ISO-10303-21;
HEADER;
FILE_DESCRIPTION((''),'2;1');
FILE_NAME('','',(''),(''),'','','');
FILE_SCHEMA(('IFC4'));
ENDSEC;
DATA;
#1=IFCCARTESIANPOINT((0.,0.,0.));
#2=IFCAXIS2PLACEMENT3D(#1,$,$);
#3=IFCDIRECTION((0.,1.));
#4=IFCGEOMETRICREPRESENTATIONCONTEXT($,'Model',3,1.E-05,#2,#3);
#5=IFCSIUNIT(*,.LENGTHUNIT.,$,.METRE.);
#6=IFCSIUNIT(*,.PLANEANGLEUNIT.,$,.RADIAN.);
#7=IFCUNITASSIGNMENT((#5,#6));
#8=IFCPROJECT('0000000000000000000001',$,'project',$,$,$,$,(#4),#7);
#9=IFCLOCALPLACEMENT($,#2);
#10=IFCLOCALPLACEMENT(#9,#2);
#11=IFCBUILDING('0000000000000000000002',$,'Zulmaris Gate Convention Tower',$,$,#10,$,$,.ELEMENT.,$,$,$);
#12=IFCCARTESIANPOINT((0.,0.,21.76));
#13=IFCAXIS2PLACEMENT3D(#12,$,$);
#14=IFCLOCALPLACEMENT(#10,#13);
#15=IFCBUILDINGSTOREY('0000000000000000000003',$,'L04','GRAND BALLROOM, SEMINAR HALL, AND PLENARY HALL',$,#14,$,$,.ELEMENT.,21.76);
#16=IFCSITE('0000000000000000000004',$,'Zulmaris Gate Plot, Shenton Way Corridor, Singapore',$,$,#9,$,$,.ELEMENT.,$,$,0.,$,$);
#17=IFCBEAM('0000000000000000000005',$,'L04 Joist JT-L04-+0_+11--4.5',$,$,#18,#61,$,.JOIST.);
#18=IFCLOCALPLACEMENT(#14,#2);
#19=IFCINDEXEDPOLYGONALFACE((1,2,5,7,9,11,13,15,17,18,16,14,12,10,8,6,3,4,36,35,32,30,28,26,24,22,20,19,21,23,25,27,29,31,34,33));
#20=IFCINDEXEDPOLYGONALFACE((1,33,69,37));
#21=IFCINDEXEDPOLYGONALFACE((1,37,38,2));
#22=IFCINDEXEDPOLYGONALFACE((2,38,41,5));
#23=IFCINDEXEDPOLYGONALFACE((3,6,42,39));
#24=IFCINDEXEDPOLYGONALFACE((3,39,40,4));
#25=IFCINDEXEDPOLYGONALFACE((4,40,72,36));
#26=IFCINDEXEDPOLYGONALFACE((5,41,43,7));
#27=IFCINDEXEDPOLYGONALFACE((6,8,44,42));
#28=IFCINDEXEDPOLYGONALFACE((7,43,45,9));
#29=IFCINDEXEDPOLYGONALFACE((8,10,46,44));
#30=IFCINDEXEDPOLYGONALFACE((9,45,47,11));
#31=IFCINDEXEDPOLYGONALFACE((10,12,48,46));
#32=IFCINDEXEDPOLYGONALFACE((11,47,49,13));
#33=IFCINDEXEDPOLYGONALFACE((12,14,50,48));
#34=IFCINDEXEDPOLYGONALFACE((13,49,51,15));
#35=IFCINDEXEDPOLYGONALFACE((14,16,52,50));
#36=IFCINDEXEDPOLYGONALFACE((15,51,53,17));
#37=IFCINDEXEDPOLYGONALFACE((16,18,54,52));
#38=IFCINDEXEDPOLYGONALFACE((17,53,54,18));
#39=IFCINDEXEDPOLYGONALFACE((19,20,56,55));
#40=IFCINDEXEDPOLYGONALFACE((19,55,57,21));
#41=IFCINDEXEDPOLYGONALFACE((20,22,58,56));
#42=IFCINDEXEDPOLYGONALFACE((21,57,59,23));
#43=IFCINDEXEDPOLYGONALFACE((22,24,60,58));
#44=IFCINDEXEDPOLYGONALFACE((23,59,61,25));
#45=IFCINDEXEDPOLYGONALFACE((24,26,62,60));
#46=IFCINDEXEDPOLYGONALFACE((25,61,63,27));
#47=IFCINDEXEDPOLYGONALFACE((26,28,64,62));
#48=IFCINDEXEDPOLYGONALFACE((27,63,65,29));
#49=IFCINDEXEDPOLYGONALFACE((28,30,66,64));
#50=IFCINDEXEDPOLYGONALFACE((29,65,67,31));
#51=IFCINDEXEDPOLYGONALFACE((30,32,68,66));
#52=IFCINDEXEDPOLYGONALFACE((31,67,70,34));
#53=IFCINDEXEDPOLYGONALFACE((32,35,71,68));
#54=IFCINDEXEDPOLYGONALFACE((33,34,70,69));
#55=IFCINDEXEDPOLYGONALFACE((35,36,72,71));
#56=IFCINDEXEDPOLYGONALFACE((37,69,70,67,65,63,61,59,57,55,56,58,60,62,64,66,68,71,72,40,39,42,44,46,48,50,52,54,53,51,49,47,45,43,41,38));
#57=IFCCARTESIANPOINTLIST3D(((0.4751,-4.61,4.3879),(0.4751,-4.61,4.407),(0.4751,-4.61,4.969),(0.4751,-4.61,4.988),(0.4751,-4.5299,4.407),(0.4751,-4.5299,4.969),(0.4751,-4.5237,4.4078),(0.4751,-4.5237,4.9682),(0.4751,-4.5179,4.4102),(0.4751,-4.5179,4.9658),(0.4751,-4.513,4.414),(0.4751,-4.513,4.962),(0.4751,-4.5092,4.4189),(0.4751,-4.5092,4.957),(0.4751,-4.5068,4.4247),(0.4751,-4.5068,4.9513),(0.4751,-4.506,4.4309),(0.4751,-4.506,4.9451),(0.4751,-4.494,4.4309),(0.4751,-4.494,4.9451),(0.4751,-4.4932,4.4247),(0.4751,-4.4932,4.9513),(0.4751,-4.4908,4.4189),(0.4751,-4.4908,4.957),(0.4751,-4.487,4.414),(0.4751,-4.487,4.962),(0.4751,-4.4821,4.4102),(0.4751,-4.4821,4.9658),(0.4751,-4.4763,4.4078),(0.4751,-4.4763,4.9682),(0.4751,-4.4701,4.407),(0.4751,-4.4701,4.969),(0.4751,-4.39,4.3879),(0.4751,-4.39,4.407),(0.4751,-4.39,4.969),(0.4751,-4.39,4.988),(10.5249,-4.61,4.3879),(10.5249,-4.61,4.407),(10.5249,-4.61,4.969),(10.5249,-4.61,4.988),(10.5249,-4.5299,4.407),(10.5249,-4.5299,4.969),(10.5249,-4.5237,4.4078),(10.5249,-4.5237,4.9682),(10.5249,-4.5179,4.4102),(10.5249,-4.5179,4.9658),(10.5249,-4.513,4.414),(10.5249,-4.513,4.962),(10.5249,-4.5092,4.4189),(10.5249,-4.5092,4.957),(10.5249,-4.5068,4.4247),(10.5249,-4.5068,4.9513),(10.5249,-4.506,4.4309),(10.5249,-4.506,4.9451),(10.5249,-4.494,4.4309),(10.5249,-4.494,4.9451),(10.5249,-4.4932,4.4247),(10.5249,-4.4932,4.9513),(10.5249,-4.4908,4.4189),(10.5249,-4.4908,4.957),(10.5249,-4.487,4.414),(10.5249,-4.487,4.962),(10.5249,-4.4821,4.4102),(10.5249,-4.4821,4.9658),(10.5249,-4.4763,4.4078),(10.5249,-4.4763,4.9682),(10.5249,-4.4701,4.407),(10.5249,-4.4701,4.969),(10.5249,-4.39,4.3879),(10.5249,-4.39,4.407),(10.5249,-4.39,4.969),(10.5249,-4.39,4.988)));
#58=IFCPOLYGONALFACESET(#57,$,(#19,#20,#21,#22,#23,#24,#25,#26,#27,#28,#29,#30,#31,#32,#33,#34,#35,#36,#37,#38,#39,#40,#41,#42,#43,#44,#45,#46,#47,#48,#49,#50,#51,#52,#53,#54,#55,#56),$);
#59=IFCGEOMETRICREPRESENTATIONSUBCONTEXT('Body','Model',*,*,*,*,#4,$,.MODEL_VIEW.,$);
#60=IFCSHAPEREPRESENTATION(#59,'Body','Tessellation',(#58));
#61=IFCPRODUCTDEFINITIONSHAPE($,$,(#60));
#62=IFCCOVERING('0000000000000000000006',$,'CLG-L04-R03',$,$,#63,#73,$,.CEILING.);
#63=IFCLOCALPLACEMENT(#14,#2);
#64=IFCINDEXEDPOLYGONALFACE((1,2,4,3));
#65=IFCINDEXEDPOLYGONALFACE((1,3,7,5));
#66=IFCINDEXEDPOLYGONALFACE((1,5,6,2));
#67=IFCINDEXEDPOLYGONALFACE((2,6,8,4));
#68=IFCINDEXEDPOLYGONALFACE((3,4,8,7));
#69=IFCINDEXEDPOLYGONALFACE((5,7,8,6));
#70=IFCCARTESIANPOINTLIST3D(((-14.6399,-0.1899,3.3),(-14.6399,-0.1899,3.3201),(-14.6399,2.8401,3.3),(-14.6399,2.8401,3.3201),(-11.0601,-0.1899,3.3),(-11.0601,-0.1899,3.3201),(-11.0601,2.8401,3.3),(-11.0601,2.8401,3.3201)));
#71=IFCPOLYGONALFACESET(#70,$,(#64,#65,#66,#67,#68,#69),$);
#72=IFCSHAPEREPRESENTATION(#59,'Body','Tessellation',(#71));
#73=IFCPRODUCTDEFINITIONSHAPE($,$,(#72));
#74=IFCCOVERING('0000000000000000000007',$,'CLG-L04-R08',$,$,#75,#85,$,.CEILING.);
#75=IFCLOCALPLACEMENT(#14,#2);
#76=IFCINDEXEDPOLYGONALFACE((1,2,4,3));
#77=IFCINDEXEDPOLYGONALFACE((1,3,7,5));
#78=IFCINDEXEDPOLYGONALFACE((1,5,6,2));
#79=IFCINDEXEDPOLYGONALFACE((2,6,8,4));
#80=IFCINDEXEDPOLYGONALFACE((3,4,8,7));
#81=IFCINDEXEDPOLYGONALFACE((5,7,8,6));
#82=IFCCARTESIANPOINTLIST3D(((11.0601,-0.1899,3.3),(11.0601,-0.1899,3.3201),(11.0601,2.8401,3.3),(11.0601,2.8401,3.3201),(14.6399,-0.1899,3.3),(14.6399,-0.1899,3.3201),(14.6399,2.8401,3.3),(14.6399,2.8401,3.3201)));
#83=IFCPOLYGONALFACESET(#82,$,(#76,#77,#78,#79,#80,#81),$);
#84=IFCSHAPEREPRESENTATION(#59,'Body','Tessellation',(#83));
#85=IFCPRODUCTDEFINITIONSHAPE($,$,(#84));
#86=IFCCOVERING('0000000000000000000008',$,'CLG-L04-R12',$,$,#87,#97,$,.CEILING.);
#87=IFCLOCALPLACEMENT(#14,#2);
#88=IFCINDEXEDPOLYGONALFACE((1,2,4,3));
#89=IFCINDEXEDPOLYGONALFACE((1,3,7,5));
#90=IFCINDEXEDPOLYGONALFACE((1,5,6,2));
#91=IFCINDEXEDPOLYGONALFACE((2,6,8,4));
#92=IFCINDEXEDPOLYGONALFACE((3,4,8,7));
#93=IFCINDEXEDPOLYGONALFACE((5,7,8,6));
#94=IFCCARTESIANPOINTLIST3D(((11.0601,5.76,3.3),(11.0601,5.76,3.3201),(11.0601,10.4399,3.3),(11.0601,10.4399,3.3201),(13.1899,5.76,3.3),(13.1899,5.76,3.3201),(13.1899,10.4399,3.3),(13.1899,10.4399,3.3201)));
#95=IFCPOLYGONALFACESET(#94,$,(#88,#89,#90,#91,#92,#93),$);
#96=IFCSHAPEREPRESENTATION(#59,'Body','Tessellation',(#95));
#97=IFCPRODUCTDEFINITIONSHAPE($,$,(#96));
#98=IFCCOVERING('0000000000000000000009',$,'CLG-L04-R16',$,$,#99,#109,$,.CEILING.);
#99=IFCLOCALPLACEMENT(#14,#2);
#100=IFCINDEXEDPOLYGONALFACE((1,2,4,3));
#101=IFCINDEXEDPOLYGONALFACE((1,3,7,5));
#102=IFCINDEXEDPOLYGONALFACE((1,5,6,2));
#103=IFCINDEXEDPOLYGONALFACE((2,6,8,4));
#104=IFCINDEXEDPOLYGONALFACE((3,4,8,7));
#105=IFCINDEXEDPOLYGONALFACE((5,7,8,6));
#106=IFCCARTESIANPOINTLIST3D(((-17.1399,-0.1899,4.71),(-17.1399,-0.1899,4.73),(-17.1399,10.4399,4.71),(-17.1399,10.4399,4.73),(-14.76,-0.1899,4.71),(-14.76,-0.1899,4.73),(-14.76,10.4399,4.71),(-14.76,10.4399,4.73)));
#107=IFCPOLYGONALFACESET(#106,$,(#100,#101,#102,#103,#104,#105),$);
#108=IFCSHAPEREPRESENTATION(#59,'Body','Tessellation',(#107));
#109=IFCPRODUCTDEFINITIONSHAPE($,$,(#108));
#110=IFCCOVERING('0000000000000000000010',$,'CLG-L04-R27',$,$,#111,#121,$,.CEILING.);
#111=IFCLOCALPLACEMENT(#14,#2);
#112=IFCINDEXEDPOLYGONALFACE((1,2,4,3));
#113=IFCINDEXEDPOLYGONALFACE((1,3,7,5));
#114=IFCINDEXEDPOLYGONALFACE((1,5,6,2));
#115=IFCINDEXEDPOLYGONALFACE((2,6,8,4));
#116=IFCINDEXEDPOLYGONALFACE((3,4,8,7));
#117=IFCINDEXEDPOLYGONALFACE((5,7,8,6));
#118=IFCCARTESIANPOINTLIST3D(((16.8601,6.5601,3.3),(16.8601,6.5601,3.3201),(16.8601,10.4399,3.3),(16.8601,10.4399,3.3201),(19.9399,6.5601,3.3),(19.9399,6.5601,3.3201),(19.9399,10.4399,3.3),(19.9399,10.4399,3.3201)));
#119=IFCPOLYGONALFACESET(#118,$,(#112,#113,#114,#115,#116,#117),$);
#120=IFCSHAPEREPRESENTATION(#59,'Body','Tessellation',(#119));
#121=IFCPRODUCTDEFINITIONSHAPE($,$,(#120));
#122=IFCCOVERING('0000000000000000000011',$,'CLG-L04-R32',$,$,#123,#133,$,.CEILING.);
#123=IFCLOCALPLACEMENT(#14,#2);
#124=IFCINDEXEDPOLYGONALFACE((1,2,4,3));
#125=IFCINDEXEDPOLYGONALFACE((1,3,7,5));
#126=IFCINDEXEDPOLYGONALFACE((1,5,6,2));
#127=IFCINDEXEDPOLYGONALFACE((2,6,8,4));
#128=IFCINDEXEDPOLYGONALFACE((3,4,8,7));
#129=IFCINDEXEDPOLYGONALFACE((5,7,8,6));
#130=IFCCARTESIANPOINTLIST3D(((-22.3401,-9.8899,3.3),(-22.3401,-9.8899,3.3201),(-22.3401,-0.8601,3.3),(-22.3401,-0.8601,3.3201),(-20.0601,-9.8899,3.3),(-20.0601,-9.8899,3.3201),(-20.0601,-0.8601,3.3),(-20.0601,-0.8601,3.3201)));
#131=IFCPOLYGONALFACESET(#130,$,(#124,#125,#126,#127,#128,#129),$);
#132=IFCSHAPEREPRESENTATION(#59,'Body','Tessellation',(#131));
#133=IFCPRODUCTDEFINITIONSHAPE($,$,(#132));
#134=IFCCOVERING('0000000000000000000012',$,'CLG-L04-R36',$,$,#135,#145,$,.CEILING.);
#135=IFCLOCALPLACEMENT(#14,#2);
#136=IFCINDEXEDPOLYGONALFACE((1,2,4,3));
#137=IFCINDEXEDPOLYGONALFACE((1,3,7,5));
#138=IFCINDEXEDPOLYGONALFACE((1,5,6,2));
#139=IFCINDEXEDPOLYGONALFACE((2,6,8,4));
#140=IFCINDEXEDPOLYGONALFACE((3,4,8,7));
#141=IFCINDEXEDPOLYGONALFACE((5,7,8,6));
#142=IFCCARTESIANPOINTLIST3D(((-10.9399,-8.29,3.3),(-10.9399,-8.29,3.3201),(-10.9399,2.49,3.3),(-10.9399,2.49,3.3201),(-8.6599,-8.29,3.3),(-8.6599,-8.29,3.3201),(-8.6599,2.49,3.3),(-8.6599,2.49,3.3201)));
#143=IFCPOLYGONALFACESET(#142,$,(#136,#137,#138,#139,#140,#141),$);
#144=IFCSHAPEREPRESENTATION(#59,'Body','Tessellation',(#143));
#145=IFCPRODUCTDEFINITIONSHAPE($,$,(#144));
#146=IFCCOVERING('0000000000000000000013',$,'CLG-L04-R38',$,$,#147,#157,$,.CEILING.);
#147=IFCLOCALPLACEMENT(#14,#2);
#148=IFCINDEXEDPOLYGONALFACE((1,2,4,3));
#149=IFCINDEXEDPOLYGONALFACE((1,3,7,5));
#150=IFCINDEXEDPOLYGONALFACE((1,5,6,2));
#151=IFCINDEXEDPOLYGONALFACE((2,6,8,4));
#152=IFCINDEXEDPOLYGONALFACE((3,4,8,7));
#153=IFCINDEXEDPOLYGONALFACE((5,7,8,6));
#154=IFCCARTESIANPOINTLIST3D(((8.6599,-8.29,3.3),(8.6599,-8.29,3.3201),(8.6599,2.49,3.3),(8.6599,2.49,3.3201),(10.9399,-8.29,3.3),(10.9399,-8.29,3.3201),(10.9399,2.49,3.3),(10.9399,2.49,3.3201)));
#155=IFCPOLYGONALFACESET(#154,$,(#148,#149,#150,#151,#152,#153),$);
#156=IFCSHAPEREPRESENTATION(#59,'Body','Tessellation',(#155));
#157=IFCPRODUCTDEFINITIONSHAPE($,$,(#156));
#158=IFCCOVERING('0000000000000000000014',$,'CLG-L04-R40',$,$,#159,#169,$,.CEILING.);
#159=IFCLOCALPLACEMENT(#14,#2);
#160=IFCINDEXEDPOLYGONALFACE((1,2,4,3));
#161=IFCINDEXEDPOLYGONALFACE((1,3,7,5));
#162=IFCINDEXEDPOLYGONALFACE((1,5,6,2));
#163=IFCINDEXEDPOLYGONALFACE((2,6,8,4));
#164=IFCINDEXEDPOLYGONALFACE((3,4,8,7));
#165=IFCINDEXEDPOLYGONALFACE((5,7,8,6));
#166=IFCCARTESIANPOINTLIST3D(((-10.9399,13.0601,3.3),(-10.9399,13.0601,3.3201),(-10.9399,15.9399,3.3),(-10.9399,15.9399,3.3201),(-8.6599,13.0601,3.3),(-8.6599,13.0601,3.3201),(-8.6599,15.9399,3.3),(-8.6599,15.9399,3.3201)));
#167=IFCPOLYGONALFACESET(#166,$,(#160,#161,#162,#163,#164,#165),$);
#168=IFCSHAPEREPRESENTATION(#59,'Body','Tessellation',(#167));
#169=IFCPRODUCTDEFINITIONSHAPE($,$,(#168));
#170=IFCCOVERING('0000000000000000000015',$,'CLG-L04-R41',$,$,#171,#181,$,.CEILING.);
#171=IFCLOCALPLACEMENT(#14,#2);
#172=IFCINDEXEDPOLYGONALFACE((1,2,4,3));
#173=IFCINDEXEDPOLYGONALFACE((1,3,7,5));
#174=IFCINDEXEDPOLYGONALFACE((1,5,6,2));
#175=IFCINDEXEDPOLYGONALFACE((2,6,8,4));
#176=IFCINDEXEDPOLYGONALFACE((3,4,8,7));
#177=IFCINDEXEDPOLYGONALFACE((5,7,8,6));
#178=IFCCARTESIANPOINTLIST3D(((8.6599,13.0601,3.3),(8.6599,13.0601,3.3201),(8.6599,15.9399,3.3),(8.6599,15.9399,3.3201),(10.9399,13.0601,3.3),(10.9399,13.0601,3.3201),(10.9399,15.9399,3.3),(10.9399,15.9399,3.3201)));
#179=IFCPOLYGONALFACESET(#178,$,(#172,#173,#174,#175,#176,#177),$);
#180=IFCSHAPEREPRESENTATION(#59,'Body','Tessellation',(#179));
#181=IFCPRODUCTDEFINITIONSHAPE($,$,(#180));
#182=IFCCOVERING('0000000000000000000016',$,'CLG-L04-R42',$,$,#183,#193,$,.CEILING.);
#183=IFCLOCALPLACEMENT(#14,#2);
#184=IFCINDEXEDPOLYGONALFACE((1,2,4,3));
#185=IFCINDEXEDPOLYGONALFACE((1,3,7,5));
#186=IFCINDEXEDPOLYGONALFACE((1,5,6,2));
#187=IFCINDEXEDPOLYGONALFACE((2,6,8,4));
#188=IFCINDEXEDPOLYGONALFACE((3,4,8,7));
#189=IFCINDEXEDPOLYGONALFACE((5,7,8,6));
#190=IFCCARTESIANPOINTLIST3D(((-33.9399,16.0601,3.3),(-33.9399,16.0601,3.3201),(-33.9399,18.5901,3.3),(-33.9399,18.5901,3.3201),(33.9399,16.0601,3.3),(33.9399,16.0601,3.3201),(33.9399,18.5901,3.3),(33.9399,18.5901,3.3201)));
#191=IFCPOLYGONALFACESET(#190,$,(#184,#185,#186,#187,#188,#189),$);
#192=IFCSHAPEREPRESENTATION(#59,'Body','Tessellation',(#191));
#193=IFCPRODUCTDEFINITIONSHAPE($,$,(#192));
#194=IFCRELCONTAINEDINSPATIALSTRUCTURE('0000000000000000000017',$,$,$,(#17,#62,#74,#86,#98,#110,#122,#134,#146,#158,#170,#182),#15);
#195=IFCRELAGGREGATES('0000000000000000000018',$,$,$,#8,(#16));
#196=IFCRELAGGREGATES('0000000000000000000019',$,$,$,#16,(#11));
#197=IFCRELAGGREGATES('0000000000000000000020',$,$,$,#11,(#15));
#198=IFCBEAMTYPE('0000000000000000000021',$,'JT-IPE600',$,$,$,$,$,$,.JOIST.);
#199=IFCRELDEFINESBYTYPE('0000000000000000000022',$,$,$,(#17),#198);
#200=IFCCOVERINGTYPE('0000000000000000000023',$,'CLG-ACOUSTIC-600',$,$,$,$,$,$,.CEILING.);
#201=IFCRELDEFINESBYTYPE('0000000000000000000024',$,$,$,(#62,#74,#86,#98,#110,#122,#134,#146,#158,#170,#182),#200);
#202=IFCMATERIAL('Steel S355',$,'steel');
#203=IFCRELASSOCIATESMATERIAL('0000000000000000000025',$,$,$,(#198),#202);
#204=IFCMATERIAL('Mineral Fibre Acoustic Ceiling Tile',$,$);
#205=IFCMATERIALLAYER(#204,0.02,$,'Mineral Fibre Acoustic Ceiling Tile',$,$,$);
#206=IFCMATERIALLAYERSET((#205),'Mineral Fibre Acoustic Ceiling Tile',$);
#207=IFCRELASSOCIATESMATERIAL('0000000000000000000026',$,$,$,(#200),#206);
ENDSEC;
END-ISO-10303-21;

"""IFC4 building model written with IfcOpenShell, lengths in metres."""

from ifc_helpers import new_model, si_unit, direction, frame, origin, origin_2d, place, context, subcontext, project, spatial, polyline, i_section, outline, extrude, material, layer, layer_set, material_profile, profile_set, type_object, element, save


model = new_model("IFC4")

# Units and contexts
model_context = context("Model", 3, precision=1e-05, world=origin(), true_north=direction((0.0, 1.0)))
body_context = subcontext(model_context, "Body", "Model", "MODEL_VIEW")
ifc_project = project(units=[si_unit("LENGTHUNIT", "METRE"), si_unit("PLANEANGLEUNIT", "RADIAN")], contexts=[model_context])

# Site, building, storey
site_placement = place(None, origin())
site = spatial("IfcSite", under=ifc_project, at=site_placement, Name="Zulmaris Gate Plot, Shenton Way Corridor, Singapore", CompositionType="ELEMENT", RefElevation=0.0)
building_placement = place(site_placement, origin())
building = spatial("IfcBuilding", under=site, at=building_placement, Name="Zulmaris Gate Convention Tower", CompositionType="ELEMENT")
storey_placement = place(building_placement, frame((0.0, 0.0, 21.76)))
storey = spatial("IfcBuildingStorey", under=building, at=storey_placement, Name="L04", Description="GRAND BALLROOM, SEMINAR HALL, AND PLENARY HALL", CompositionType="ELEMENT", Elevation=21.76)

# Beam
ifc_material_1 = material(Name="Steel S355", Category="steel")
ifc_material_profile = material_profile(ifc_material_1, i_section(OverallWidth=0.22, OverallDepth=0.6001, WebThickness=0.012, FlangeThickness=0.019, FilletRadius=0.0239, at=origin_2d()), Name="IPE 600")
ifc_profile_set = profile_set([ifc_material_profile], Name="Steel S355")
beam_type = type_object("IfcBeamType", Name="JT-IPE600", PredefinedType="JOIST", material=ifc_profile_set)
beam_placement = place(storey_placement, frame((0.4751, -4.5, 4.688), z_axis=(1.0, 0.0, 0.0), x_axis=(0.0, 1.0, 0.0)))
element("IfcBeam", 1, at=beam_placement, inside=storey, type_object=beam_type, Name="L04 Joist JT-L04-+0_+11--4.5", PredefinedType="JOIST", context=body_context, shape_type="SweptSolid", body=[
    extrude(i_section(OverallWidth=0.22, OverallDepth=0.6001, WebThickness=0.012, FlangeThickness=0.019, FilletRadius=0.0239, at=origin_2d()), origin(), (0.0, 0.0, 1.0), 10.0498),
])

# Coverings
ifc_material_2 = material(Name="Mineral Fibre Acoustic Ceiling Tile")
ifc_layer_1 = layer(ifc_material_2, 0.02, Name="Mineral Fibre Acoustic Ceiling Tile")
ifc_layer_set_1 = layer_set([ifc_layer_1], Name="Mineral Fibre Acoustic Ceiling Tile")
covering_type_1 = type_object("IfcCoveringType", Name="CLG-ACOUSTIC-600", PredefinedType="CEILING", material=ifc_layer_set_1)
covering_1_placement = place(storey_placement, frame((0.0, 0.0, 3.3)))
element("IfcCovering", 2, at=covering_1_placement, inside=storey, type_object=covering_type_1, Name="CLG-L04-R03", PredefinedType="CEILING", context=body_context, shape_type="SweptSolid", body=[
    extrude(outline(polyline([(-14.6399, -0.1899), (-11.0601, -0.1899), (-11.0601, 2.8401), (-14.6399, 2.8401), (-14.6399, -0.1899)])), origin(), (0.0, 0.0, 1.0), 0.02),
])
covering_2_placement = place(storey_placement, frame((0.0, 0.0, 3.3)))
element("IfcCovering", 3, at=covering_2_placement, inside=storey, type_object=covering_type_1, Name="CLG-L04-R08", PredefinedType="CEILING", context=body_context, shape_type="SweptSolid", body=[
    extrude(outline(polyline([(11.0601, -0.1899), (14.6399, -0.1899), (14.6399, 2.8401), (11.0601, 2.8401), (11.0601, -0.1899)])), origin(), (0.0, 0.0, 1.0), 0.02),
])
covering_3_placement = place(storey_placement, frame((0.0, 0.0, 3.3)))
element("IfcCovering", 4, at=covering_3_placement, inside=storey, type_object=covering_type_1, Name="CLG-L04-R12", PredefinedType="CEILING", context=body_context, shape_type="SweptSolid", body=[
    extrude(outline(polyline([(11.0601, 5.76), (13.1899, 5.76), (13.1899, 10.4399), (11.0601, 10.4399), (11.0601, 5.76)])), origin(), (0.0, 0.0, 1.0), 0.02),
])
covering_4_placement = place(storey_placement, frame((0.0, 0.0, 4.71)))
element("IfcCovering", 5, at=covering_4_placement, inside=storey, type_object=covering_type_1, Name="CLG-L04-R16", PredefinedType="CEILING", context=body_context, shape_type="SweptSolid", body=[
    extrude(outline(polyline([(-17.1399, -0.1899), (-14.76, -0.1899), (-14.76, 10.4399), (-17.1399, 10.4399), (-17.1399, -0.1899)])), origin(), (0.0, 0.0, 1.0), 0.02),
])
covering_5_placement = place(storey_placement, frame((0.0, 0.0, 3.3)))
element("IfcCovering", 6, at=covering_5_placement, inside=storey, type_object=covering_type_1, Name="CLG-L04-R27", PredefinedType="CEILING", context=body_context, shape_type="SweptSolid", body=[
    extrude(outline(polyline([(16.8601, 6.5601), (19.9399, 6.5601), (19.9399, 10.4399), (16.8601, 10.4399), (16.8601, 6.5601)])), origin(), (0.0, 0.0, 1.0), 0.02),
])
covering_6_placement = place(storey_placement, frame((0.0, 0.0, 3.3)))
element("IfcCovering", 7, at=covering_6_placement, inside=storey, type_object=covering_type_1, Name="CLG-L04-R32", PredefinedType="CEILING", context=body_context, shape_type="SweptSolid", body=[
    extrude(outline(polyline([(-22.3401, -9.8899), (-20.0601, -9.8899), (-20.0601, -0.8601), (-22.3401, -0.8601), (-22.3401, -9.8899)])), origin(), (0.0, 0.0, 1.0), 0.02),
])
covering_7_placement = place(storey_placement, frame((0.0, 0.0, 3.3)))
element("IfcCovering", 8, at=covering_7_placement, inside=storey, type_object=covering_type_1, Name="CLG-L04-R36", PredefinedType="CEILING", context=body_context, shape_type="SweptSolid", body=[
    extrude(outline(polyline([(-10.9399, -8.29), (-8.6599, -8.29), (-8.6599, 2.49), (-10.9399, 2.49), (-10.9399, -8.29)])), origin(), (0.0, 0.0, 1.0), 0.02),
])
covering_8_placement = place(storey_placement, frame((0.0, 0.0, 3.3)))
element("IfcCovering", 9, at=covering_8_placement, inside=storey, type_object=covering_type_1, Name="CLG-L04-R38", PredefinedType="CEILING", context=body_context, shape_type="SweptSolid", body=[
    extrude(outline(polyline([(8.6599, -8.29), (10.9399, -8.29), (10.9399, 2.49), (8.6599, 2.49), (8.6599, -8.29)])), origin(), (0.0, 0.0, 1.0), 0.02),
])
covering_9_placement = place(storey_placement, frame((0.0, 0.0, 3.3)))
element("IfcCovering", 10, at=covering_9_placement, inside=storey, type_object=covering_type_1, Name="CLG-L04-R40", PredefinedType="CEILING", context=body_context, shape_type="SweptSolid", body=[
    extrude(outline(polyline([(-10.9399, 13.0601), (-8.6599, 13.0601), (-8.6599, 15.9399), (-10.9399, 15.9399), (-10.9399, 13.0601)])), origin(), (0.0, 0.0, 1.0), 0.02),
])
covering_10_placement = place(storey_placement, frame((0.0, 0.0, 3.3)))
element("IfcCovering", 11, at=covering_10_placement, inside=storey, type_object=covering_type_1, Name="CLG-L04-R41", PredefinedType="CEILING", context=body_context, shape_type="SweptSolid", body=[
    extrude(outline(polyline([(8.6599, 13.0601), (10.9399, 13.0601), (10.9399, 15.9399), (8.6599, 15.9399), (8.6599, 13.0601)])), origin(), (0.0, 0.0, 1.0), 0.02),
])
covering_11_placement = place(storey_placement, frame((0.0, 0.0, 3.3)))
element("IfcCovering", 12, at=covering_11_placement, inside=storey, type_object=covering_type_1, Name="CLG-L04-R42", PredefinedType="CEILING", context=body_context, shape_type="SweptSolid", body=[
    extrude(outline(polyline([(-33.9399, 16.0601), (33.9399, 16.0601), (33.9399, 18.5901), (-33.9399, 18.5901), (-33.9399, 16.0601)])), origin(), (0.0, 0.0, 1.0), 0.02),
])

save(model, "model.ifc")
